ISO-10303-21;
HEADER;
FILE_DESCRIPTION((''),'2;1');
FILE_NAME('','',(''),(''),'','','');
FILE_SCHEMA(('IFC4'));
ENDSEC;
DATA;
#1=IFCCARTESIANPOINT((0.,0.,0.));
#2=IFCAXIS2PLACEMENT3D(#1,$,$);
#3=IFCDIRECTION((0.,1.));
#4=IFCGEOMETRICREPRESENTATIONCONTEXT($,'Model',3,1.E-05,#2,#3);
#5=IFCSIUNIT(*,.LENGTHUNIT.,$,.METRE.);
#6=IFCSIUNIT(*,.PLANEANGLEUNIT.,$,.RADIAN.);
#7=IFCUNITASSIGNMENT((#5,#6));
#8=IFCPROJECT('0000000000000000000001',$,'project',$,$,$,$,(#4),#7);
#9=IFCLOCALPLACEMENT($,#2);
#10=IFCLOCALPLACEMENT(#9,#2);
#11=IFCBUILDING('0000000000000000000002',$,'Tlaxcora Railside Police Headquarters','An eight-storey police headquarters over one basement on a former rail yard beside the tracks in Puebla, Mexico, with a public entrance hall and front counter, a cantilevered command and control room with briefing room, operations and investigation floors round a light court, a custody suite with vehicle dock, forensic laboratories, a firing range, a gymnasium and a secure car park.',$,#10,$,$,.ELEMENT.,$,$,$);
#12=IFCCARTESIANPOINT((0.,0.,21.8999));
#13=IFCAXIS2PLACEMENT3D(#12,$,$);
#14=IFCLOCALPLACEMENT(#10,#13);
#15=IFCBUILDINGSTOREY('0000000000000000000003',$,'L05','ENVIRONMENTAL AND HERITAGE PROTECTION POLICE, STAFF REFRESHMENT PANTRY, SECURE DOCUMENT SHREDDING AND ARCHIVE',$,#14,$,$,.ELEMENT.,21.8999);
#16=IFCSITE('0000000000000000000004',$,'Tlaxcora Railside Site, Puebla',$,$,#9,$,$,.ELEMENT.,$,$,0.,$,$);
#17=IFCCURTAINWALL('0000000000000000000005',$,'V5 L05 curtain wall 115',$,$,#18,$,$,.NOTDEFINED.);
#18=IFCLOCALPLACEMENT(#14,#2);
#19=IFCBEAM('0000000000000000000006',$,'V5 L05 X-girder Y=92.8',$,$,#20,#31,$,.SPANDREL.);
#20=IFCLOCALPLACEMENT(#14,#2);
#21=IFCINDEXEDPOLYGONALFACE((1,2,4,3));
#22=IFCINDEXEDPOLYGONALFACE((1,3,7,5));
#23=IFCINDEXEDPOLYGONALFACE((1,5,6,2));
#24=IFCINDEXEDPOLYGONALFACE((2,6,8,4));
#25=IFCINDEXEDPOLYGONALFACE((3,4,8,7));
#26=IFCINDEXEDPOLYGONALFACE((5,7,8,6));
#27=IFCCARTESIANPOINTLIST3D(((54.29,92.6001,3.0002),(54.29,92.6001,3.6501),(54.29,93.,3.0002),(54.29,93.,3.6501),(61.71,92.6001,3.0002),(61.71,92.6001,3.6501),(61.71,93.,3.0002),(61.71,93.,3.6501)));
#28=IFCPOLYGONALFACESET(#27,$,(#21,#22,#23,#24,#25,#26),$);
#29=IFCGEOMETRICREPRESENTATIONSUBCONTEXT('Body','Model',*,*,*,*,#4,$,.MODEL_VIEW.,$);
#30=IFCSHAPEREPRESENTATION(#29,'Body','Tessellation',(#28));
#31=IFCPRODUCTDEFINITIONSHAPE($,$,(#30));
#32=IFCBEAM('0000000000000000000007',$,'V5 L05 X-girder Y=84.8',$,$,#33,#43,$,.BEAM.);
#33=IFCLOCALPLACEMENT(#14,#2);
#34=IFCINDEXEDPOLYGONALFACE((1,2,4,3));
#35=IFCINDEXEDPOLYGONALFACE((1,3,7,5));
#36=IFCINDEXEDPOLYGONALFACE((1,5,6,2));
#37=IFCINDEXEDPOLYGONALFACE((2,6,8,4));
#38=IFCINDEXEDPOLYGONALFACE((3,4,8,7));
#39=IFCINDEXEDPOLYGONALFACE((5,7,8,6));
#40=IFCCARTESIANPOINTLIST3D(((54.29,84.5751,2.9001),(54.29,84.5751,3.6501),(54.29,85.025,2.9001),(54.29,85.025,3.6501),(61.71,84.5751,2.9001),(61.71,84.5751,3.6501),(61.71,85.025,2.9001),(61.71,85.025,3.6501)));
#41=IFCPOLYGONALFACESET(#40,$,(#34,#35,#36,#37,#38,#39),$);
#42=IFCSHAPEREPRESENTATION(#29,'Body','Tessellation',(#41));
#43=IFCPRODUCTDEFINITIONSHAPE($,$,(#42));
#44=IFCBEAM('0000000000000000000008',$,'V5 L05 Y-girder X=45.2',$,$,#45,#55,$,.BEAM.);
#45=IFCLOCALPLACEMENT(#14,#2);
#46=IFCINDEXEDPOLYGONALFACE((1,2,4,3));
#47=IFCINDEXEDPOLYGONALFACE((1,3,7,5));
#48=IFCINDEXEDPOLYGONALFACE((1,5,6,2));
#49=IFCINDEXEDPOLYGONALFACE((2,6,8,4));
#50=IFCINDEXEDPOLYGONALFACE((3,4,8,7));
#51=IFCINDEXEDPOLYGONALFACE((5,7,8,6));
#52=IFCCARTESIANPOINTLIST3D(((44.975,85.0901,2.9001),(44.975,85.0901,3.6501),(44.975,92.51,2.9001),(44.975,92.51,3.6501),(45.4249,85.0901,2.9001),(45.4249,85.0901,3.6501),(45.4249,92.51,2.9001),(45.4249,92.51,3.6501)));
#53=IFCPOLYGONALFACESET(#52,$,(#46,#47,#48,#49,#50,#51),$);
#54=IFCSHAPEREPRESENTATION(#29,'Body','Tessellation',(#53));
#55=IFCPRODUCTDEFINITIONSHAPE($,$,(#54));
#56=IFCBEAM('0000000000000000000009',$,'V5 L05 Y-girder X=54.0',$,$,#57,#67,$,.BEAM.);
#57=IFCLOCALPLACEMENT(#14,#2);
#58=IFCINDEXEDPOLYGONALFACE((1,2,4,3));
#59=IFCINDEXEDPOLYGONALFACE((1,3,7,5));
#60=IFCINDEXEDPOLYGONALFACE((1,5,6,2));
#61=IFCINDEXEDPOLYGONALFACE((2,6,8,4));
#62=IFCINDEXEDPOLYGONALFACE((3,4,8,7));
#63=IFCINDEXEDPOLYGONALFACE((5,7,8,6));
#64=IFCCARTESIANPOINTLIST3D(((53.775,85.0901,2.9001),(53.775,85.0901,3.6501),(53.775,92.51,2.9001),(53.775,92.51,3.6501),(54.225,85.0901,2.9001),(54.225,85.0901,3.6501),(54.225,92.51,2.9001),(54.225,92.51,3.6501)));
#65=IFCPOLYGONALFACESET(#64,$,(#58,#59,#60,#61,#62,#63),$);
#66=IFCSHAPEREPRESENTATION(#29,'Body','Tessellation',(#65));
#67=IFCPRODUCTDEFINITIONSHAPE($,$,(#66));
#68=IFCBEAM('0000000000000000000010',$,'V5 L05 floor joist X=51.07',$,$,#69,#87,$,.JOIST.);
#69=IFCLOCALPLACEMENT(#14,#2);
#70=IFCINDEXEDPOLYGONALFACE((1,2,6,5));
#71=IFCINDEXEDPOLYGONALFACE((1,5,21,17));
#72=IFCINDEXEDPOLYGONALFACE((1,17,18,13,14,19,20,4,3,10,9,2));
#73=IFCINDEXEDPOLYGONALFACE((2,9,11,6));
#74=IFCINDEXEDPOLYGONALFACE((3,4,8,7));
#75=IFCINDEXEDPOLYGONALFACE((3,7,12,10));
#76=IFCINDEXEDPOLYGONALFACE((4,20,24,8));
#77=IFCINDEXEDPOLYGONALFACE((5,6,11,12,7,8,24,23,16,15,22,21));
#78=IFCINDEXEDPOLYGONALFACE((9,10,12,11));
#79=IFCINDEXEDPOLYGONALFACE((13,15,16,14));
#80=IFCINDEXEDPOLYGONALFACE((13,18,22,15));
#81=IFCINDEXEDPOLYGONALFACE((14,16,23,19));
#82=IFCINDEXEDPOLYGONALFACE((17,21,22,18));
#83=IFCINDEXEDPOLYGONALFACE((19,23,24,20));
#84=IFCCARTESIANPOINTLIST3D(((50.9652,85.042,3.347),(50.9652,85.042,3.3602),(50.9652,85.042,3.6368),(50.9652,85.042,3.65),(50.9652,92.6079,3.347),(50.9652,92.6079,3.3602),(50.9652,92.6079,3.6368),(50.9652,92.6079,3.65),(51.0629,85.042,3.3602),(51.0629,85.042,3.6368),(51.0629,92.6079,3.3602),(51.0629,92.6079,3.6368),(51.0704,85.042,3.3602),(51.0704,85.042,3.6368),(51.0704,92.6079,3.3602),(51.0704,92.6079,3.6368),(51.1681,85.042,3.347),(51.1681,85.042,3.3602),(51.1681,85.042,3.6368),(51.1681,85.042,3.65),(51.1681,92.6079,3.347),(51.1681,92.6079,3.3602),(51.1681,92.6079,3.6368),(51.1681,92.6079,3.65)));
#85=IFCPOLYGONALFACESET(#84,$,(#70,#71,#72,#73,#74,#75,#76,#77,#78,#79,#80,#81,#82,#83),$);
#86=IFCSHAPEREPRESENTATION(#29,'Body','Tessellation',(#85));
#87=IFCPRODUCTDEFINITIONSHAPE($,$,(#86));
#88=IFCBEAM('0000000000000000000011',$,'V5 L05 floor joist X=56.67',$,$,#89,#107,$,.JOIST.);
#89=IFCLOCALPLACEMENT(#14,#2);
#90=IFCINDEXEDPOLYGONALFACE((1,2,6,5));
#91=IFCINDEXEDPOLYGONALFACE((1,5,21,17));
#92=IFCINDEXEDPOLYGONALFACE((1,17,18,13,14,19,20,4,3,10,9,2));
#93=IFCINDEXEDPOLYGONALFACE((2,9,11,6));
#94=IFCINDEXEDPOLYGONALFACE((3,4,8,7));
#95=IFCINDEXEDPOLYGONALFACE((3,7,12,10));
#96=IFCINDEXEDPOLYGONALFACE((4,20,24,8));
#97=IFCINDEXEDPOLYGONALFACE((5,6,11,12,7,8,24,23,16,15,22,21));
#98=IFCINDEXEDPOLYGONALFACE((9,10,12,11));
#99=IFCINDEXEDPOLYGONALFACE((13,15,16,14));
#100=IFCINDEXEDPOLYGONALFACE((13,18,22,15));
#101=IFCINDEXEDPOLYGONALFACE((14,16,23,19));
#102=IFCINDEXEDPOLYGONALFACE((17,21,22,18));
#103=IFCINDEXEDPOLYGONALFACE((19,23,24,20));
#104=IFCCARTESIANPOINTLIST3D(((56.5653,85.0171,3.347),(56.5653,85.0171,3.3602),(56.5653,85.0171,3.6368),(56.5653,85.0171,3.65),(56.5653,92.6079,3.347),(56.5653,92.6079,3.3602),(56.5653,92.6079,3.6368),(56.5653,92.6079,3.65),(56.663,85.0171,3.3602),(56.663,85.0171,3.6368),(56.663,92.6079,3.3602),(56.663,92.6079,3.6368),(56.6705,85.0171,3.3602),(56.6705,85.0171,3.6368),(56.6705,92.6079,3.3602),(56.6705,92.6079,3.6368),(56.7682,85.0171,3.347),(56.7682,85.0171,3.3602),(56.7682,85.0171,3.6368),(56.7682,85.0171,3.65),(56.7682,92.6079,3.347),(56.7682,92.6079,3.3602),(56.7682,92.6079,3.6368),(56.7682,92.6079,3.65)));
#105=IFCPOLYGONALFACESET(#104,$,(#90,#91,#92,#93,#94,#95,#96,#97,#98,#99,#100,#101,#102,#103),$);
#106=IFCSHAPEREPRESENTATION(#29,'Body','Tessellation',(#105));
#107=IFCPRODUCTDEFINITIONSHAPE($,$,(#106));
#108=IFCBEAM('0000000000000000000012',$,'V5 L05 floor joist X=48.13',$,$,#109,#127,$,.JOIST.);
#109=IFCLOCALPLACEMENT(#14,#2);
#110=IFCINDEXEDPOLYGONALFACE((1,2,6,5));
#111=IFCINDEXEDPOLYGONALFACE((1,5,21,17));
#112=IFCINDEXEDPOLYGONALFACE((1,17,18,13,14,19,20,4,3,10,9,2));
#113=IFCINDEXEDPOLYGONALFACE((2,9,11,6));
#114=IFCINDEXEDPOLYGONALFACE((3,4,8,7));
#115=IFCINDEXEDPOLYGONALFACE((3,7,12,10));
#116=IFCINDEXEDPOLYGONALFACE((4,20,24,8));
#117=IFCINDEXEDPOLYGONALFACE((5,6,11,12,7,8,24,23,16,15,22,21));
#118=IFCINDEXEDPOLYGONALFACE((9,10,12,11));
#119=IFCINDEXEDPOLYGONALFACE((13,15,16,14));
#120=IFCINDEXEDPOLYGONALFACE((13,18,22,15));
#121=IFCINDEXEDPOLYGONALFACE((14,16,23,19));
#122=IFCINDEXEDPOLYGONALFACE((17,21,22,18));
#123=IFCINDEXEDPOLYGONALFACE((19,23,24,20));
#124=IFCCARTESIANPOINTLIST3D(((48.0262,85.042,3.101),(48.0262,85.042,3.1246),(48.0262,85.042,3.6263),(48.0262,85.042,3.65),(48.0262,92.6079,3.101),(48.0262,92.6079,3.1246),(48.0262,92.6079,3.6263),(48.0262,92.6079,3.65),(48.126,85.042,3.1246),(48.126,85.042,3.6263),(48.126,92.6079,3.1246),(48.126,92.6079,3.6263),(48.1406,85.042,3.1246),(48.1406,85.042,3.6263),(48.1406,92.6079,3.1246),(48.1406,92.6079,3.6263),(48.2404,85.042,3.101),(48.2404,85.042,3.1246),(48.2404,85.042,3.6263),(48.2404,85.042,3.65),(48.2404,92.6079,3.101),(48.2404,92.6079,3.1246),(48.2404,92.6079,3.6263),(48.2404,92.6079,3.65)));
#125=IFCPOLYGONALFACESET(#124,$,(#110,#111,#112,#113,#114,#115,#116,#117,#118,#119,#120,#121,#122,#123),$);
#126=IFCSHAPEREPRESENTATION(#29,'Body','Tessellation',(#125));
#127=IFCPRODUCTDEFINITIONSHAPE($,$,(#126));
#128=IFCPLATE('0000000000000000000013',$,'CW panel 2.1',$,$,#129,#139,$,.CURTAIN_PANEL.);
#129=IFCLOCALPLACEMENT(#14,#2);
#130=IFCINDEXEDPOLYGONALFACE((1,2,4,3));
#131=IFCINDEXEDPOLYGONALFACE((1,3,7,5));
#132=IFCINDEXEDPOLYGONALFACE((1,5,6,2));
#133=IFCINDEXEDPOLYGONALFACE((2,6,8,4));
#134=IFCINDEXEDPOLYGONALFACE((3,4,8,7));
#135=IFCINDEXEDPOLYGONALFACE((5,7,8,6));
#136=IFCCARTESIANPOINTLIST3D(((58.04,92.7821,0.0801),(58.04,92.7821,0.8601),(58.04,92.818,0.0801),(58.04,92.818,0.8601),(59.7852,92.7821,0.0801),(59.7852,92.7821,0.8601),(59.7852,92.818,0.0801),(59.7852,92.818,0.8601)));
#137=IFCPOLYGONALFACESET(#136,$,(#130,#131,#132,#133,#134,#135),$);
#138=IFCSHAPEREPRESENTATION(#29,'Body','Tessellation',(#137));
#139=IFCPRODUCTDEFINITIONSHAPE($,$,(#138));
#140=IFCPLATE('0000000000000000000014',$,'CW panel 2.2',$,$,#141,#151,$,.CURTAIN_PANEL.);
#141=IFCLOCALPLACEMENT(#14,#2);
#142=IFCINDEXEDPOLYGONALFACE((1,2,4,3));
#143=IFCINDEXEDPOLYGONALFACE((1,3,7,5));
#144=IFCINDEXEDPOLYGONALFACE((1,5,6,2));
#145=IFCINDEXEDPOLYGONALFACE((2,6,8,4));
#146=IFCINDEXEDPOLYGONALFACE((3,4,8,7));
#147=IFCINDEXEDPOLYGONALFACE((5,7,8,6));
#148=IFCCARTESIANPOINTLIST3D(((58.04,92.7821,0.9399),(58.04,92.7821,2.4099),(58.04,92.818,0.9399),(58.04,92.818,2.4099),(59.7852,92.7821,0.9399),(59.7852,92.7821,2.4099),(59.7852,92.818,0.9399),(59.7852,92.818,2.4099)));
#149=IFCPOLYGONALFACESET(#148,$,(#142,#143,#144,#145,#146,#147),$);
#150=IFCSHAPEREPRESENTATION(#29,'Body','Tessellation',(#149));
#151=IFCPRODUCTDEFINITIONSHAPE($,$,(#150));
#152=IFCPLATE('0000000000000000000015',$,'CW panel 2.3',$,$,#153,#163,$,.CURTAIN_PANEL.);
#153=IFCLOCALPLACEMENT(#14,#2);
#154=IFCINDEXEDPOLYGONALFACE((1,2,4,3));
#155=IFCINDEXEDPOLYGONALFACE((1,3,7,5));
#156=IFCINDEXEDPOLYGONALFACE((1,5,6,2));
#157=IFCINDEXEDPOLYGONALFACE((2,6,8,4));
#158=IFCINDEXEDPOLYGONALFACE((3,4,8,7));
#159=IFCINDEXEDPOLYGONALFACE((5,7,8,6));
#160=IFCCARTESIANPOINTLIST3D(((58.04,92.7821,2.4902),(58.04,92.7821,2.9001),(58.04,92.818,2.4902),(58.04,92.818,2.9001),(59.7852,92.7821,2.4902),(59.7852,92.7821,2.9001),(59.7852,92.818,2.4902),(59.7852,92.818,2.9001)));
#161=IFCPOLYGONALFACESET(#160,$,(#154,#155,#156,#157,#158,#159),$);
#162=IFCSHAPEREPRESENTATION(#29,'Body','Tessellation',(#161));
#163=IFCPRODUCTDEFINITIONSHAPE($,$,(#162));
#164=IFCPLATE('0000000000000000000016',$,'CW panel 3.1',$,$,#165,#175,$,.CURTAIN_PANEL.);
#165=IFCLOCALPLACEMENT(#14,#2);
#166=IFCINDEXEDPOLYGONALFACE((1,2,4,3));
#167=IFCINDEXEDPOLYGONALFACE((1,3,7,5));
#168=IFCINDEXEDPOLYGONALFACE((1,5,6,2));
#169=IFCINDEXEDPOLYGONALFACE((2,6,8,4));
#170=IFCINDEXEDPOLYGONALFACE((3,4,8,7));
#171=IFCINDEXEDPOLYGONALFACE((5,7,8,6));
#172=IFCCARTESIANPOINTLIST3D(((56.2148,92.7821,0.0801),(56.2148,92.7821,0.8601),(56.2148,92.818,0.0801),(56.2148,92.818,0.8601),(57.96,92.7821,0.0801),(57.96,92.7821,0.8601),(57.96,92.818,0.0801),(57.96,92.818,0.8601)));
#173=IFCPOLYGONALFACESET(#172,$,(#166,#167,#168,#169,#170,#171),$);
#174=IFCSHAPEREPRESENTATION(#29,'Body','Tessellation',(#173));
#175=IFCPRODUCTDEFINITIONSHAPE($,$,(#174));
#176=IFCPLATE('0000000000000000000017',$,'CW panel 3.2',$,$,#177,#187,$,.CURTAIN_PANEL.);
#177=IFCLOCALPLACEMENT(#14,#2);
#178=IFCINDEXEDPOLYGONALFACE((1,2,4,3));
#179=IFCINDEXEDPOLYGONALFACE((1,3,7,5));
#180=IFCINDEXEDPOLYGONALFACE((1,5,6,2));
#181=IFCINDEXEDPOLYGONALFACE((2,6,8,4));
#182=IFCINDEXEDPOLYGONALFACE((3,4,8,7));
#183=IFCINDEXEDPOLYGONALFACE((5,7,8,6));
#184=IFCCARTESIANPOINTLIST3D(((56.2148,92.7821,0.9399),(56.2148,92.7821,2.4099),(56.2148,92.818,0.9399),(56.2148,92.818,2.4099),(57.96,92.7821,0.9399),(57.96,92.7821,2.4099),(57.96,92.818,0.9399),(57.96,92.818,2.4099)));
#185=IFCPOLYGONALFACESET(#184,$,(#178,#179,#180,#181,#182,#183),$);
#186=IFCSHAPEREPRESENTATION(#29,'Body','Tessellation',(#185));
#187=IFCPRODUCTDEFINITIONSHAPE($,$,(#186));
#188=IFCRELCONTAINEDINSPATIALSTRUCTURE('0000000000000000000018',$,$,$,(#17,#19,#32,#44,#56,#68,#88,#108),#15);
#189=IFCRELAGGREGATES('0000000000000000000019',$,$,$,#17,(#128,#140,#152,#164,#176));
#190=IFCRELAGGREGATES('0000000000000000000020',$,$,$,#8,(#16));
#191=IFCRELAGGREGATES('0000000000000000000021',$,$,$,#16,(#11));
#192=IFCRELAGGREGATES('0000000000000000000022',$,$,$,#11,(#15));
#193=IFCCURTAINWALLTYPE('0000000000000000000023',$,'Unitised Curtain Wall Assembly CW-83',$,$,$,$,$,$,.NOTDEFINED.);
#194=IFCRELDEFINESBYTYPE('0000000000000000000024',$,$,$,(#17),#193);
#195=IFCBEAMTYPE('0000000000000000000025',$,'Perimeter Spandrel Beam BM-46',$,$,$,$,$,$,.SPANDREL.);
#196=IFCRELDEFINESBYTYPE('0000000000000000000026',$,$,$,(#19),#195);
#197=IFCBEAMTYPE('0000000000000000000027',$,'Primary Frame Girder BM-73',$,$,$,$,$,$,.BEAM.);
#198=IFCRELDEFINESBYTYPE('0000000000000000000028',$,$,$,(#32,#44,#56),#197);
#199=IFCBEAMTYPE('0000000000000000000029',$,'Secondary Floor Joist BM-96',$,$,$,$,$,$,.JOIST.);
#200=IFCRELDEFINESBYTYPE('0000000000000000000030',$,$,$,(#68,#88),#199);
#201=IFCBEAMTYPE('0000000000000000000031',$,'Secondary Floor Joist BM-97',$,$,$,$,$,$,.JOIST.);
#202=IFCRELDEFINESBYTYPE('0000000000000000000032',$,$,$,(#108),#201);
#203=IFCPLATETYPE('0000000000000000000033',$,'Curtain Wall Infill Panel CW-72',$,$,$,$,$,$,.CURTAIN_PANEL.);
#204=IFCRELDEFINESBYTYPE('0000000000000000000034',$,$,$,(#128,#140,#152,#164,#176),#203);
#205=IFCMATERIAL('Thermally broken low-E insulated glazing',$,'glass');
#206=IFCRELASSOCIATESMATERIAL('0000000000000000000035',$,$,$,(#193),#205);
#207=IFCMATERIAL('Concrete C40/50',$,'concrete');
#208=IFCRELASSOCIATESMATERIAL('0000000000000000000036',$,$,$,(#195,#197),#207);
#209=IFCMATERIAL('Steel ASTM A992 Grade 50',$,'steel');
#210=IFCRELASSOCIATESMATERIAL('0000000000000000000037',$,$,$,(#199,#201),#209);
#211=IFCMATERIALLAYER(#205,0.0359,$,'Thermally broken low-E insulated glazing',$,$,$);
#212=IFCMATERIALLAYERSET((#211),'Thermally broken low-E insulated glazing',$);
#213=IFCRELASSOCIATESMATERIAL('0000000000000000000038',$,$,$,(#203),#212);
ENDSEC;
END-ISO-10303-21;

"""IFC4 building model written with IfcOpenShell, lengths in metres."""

from ifc_helpers import new_model, si_unit, direction, frame, origin, origin_2d, place, context, subcontext, project, spatial, rectangle, i_section, extrude, material, layer, layer_set, material_profile, profile_set, type_object, element, aggregate, save


model = new_model("IFC4")

# Units and contexts
model_context = context("Model", 3, precision=1e-05, world=origin(), true_north=direction((0.0, 1.0)))
body_context = subcontext(model_context, "Body", "Model", "MODEL_VIEW")
ifc_project = project(units=[si_unit("LENGTHUNIT", "METRE"), si_unit("PLANEANGLEUNIT", "RADIAN")], contexts=[model_context])

# Site, building, storey
site_placement = place(None, origin())
site = spatial("IfcSite", under=ifc_project, at=site_placement, Name="Tlaxcora Railside Site, Puebla", CompositionType="ELEMENT", RefElevation=0.0)
building_placement = place(site_placement, origin())
building = spatial("IfcBuilding", under=site, at=building_placement, Name="Tlaxcora Railside Police Headquarters", Description="An eight-storey police headquarters over one basement on a former rail yard beside the tracks in Puebla, Mexico, with a public entrance hall and front counter, a cantilevered command and control room with briefing room, operations and investigation floors round a light court, a custody suite with vehicle dock, forensic laboratories, a firing range, a gymnasium and a secure car park.", CompositionType="ELEMENT")
storey_placement = place(building_placement, frame((0.0, 0.0, 21.8999)))
storey = spatial("IfcBuildingStorey", under=building, at=storey_placement, Name="L05", Description="ENVIRONMENTAL AND HERITAGE PROTECTION POLICE, STAFF REFRESHMENT PANTRY, SECURE DOCUMENT SHREDDING AND ARCHIVE", CompositionType="ELEMENT", Elevation=21.8999)

# Shared definitions
ifc_material_1 = material(Name="Concrete C40/50", Category="concrete")

# Curtain wall
ifc_material_2 = material(Name="Thermally broken low-E insulated glazing", Category="glass")
curtain_wall_type = type_object("IfcCurtainWallType", Name="Unitised Curtain Wall Assembly CW-83", PredefinedType="NOTDEFINED", material=ifc_material_2)
curtain_wall_placement = place(storey_placement, origin())
curtain_wall = element("IfcCurtainWall", 1, at=curtain_wall_placement, inside=storey, type_object=curtain_wall_type, Name="V5 L05 curtain wall 115", PredefinedType="NOTDEFINED")

# Beams
ifc_material_profile_1 = material_profile(ifc_material_1, rectangle(XDim=0.3999, YDim=0.6499, at=origin_2d()), Name="RC400X650")
ifc_profile_set_1 = profile_set([ifc_material_profile_1], Name="Concrete C40/50")
beam_type_1 = type_object("IfcBeamType", Name="Perimeter Spandrel Beam BM-46", PredefinedType="SPANDREL", material=ifc_profile_set_1)
beam_1_placement = place(storey_placement, frame((54.29, 92.8, 3.3252), z_axis=(1.0, 0.0, 0.0), x_axis=(0.0, 1.0, 0.0)))
element("IfcBeam", 2, at=beam_1_placement, inside=storey, type_object=beam_type_1, Name="V5 L05 X-girder Y=92.8", PredefinedType="SPANDREL", context=body_context, shape_type="SweptSolid", body=[
    extrude(rectangle(XDim=0.3999, YDim=0.6499, at=origin_2d()), origin(), (0.0, 0.0, 1.0), 7.4199),
])
ifc_material_profile_2 = material_profile(ifc_material_1, rectangle(XDim=0.45, YDim=0.75, at=origin_2d()), Name="RC450X750")
ifc_profile_set_2 = profile_set([ifc_material_profile_2], Name="Concrete C40/50")
beam_type_2 = type_object("IfcBeamType", Name="Primary Frame Girder BM-73", PredefinedType="BEAM", material=ifc_profile_set_2)
for number, where, z_axis, x_axis, name in (
    (3, (54.29, 84.8, 3.2751), (1.0, 0.0, 0.0), (0.0, 1.0, 0.0), "V5 L05 X-girder Y=84.8"),
    (4, (45.2, 85.0901, 3.2751), (0.0, 1.0, 0.0), (-1.0, 0.0, 0.0), "V5 L05 Y-girder X=45.2"),
    (5, (54.0, 85.0901, 3.2751), (0.0, 1.0, 0.0), (-1.0, 0.0, 0.0), "V5 L05 Y-girder X=54.0"),
):
    element("IfcBeam", number, at=place(storey_placement, frame(where, z_axis=z_axis, x_axis=x_axis)), inside=storey, type_object=beam_type_2, Name=name, PredefinedType="BEAM", context=body_context, shape_type="SweptSolid", body=[
        extrude(rectangle(XDim=0.45, YDim=0.75, at=origin_2d()), origin(), (0.0, 0.0, 1.0), 7.4199),
    ])
ifc_material_3 = material(Name="Steel ASTM A992 Grade 50", Category="steel")
ifc_material_profile_3 = material_profile(ifc_material_3, i_section(OverallWidth=0.2029, OverallDepth=0.303, WebThickness=0.0076, FlangeThickness=0.0132, at=origin_2d()), Name="W12X40")
ifc_profile_set_3 = profile_set([ifc_material_profile_3], Name="Steel ASTM A992 Grade 50")
beam_type_3 = type_object("IfcBeamType", Name="Secondary Floor Joist BM-96", PredefinedType="JOIST", material=ifc_profile_set_3)
beam_2_placement = place(storey_placement, frame((51.0667, 85.042, 3.4985), z_axis=(0.0, 1.0, 0.0), x_axis=(-1.0, 0.0, 0.0)))
element("IfcBeam", 6, at=beam_2_placement, inside=storey, type_object=beam_type_3, Name="V5 L05 floor joist X=51.07", PredefinedType="JOIST", context=body_context, shape_type="SweptSolid", body=[
    extrude(i_section(OverallWidth=0.2029, OverallDepth=0.303, WebThickness=0.0076, FlangeThickness=0.0132, at=origin_2d()), origin(), (0.0, 0.0, 1.0), 7.5659),
])
beam_3_placement = place(storey_placement, frame((56.6667, 85.0171, 3.4985), z_axis=(0.0, 1.0, 0.0), x_axis=(-1.0, 0.0, 0.0)))
element("IfcBeam", 7, at=beam_3_placement, inside=storey, type_object=beam_type_3, Name="V5 L05 floor joist X=56.67", PredefinedType="JOIST", context=body_context, shape_type="SweptSolid", body=[
    extrude(i_section(OverallWidth=0.2029, OverallDepth=0.303, WebThickness=0.0076, FlangeThickness=0.0132, at=origin_2d()), origin(), (0.0, 0.0, 1.0), 7.5908),
])
ifc_material_profile_4 = material_profile(ifc_material_3, i_section(OverallWidth=0.2141, OverallDepth=0.5491, WebThickness=0.0146, FlangeThickness=0.0237, at=origin_2d()), Name="W21X93")
ifc_profile_set_4 = profile_set([ifc_material_profile_4], Name="Steel ASTM A992 Grade 50")
beam_type_4 = type_object("IfcBeamType", Name="Secondary Floor Joist BM-97", PredefinedType="JOIST", material=ifc_profile_set_4)
beam_4_placement = place(storey_placement, frame((48.1333, 85.042, 3.3755), z_axis=(0.0, 1.0, 0.0), x_axis=(-1.0, 0.0, 0.0)))
element("IfcBeam", 8, at=beam_4_placement, inside=storey, type_object=beam_type_4, Name="V5 L05 floor joist X=48.13", PredefinedType="JOIST", context=body_context, shape_type="SweptSolid", body=[
    extrude(i_section(OverallWidth=0.2141, OverallDepth=0.5491, WebThickness=0.0146, FlangeThickness=0.0237, at=origin_2d()), origin(), (0.0, 0.0, 1.0), 7.5659),
])

# Plates
ifc_layer_1 = layer(ifc_material_2, 0.0359, Name="Thermally broken low-E insulated glazing")
ifc_layer_set_1 = layer_set([ifc_layer_1], Name="Thermally broken low-E insulated glazing")
plate_type = type_object("IfcPlateType", Name="Curtain Wall Infill Panel CW-72", PredefinedType="CURTAIN_PANEL", material=ifc_layer_set_1)
plate_1_placement = place(storey_placement, frame((58.9126, 92.8, 0.0801), z_axis=(0.0, 0.0, 1.0), x_axis=(-1.0, 0.0, 0.0)))
plate_1 = element("IfcPlate", 9, at=plate_1_placement, type_object=plate_type, Name="CW panel 2.1", PredefinedType="CURTAIN_PANEL", context=body_context, shape_type="SweptSolid", body=[
    extrude(rectangle(XDim=1.7451, YDim=0.0359, at=origin_2d()), origin(), (0.0, 0.0, 1.0), 0.78),
])
plate_2_placement = place(storey_placement, frame((58.9126, 92.8, 0.9399), z_axis=(0.0, 0.0, 1.0), x_axis=(-1.0, 0.0, 0.0)))
plate_2 = element("IfcPlate", 10, at=plate_2_placement, type_object=plate_type, Name="CW panel 2.2", PredefinedType="CURTAIN_PANEL", context=body_context, shape_type="SweptSolid", body=[
    extrude(rectangle(XDim=1.7451, YDim=0.0359, at=origin_2d()), origin(), (0.0, 0.0, 1.0), 1.47),
])
plate_3_placement = place(storey_placement, frame((58.9126, 92.8, 2.4902), z_axis=(0.0, 0.0, 1.0), x_axis=(-1.0, 0.0, 0.0)))
plate_3 = element("IfcPlate", 11, at=plate_3_placement, type_object=plate_type, Name="CW panel 2.3", PredefinedType="CURTAIN_PANEL", context=body_context, shape_type="SweptSolid", body=[
    extrude(rectangle(XDim=1.7451, YDim=0.0359, at=origin_2d()), origin(), (0.0, 0.0, 1.0), 0.4099),
])
plate_4_placement = place(storey_placement, frame((57.0874, 92.8, 0.0801), z_axis=(0.0, 0.0, 1.0), x_axis=(-1.0, 0.0, 0.0)))
plate_4 = element("IfcPlate", 12, at=plate_4_placement, type_object=plate_type, Name="CW panel 3.1", PredefinedType="CURTAIN_PANEL", context=body_context, shape_type="SweptSolid", body=[
    extrude(rectangle(XDim=1.7451, YDim=0.0359, at=origin_2d()), origin(), (0.0, 0.0, 1.0), 0.78),
])
plate_5_placement = place(storey_placement, frame((57.0874, 92.8, 0.9399), z_axis=(0.0, 0.0, 1.0), x_axis=(-1.0, 0.0, 0.0)))
plate_5 = element("IfcPlate", 13, at=plate_5_placement, type_object=plate_type, Name="CW panel 3.2", PredefinedType="CURTAIN_PANEL", context=body_context, shape_type="SweptSolid", body=[
    extrude(rectangle(XDim=1.7451, YDim=0.0359, at=origin_2d()), origin(), (0.0, 0.0, 1.0), 1.47),
])
aggregate(curtain_wall, [plate_1, plate_2, plate_3, plate_4, plate_5])

save(model, "model.ifc")
